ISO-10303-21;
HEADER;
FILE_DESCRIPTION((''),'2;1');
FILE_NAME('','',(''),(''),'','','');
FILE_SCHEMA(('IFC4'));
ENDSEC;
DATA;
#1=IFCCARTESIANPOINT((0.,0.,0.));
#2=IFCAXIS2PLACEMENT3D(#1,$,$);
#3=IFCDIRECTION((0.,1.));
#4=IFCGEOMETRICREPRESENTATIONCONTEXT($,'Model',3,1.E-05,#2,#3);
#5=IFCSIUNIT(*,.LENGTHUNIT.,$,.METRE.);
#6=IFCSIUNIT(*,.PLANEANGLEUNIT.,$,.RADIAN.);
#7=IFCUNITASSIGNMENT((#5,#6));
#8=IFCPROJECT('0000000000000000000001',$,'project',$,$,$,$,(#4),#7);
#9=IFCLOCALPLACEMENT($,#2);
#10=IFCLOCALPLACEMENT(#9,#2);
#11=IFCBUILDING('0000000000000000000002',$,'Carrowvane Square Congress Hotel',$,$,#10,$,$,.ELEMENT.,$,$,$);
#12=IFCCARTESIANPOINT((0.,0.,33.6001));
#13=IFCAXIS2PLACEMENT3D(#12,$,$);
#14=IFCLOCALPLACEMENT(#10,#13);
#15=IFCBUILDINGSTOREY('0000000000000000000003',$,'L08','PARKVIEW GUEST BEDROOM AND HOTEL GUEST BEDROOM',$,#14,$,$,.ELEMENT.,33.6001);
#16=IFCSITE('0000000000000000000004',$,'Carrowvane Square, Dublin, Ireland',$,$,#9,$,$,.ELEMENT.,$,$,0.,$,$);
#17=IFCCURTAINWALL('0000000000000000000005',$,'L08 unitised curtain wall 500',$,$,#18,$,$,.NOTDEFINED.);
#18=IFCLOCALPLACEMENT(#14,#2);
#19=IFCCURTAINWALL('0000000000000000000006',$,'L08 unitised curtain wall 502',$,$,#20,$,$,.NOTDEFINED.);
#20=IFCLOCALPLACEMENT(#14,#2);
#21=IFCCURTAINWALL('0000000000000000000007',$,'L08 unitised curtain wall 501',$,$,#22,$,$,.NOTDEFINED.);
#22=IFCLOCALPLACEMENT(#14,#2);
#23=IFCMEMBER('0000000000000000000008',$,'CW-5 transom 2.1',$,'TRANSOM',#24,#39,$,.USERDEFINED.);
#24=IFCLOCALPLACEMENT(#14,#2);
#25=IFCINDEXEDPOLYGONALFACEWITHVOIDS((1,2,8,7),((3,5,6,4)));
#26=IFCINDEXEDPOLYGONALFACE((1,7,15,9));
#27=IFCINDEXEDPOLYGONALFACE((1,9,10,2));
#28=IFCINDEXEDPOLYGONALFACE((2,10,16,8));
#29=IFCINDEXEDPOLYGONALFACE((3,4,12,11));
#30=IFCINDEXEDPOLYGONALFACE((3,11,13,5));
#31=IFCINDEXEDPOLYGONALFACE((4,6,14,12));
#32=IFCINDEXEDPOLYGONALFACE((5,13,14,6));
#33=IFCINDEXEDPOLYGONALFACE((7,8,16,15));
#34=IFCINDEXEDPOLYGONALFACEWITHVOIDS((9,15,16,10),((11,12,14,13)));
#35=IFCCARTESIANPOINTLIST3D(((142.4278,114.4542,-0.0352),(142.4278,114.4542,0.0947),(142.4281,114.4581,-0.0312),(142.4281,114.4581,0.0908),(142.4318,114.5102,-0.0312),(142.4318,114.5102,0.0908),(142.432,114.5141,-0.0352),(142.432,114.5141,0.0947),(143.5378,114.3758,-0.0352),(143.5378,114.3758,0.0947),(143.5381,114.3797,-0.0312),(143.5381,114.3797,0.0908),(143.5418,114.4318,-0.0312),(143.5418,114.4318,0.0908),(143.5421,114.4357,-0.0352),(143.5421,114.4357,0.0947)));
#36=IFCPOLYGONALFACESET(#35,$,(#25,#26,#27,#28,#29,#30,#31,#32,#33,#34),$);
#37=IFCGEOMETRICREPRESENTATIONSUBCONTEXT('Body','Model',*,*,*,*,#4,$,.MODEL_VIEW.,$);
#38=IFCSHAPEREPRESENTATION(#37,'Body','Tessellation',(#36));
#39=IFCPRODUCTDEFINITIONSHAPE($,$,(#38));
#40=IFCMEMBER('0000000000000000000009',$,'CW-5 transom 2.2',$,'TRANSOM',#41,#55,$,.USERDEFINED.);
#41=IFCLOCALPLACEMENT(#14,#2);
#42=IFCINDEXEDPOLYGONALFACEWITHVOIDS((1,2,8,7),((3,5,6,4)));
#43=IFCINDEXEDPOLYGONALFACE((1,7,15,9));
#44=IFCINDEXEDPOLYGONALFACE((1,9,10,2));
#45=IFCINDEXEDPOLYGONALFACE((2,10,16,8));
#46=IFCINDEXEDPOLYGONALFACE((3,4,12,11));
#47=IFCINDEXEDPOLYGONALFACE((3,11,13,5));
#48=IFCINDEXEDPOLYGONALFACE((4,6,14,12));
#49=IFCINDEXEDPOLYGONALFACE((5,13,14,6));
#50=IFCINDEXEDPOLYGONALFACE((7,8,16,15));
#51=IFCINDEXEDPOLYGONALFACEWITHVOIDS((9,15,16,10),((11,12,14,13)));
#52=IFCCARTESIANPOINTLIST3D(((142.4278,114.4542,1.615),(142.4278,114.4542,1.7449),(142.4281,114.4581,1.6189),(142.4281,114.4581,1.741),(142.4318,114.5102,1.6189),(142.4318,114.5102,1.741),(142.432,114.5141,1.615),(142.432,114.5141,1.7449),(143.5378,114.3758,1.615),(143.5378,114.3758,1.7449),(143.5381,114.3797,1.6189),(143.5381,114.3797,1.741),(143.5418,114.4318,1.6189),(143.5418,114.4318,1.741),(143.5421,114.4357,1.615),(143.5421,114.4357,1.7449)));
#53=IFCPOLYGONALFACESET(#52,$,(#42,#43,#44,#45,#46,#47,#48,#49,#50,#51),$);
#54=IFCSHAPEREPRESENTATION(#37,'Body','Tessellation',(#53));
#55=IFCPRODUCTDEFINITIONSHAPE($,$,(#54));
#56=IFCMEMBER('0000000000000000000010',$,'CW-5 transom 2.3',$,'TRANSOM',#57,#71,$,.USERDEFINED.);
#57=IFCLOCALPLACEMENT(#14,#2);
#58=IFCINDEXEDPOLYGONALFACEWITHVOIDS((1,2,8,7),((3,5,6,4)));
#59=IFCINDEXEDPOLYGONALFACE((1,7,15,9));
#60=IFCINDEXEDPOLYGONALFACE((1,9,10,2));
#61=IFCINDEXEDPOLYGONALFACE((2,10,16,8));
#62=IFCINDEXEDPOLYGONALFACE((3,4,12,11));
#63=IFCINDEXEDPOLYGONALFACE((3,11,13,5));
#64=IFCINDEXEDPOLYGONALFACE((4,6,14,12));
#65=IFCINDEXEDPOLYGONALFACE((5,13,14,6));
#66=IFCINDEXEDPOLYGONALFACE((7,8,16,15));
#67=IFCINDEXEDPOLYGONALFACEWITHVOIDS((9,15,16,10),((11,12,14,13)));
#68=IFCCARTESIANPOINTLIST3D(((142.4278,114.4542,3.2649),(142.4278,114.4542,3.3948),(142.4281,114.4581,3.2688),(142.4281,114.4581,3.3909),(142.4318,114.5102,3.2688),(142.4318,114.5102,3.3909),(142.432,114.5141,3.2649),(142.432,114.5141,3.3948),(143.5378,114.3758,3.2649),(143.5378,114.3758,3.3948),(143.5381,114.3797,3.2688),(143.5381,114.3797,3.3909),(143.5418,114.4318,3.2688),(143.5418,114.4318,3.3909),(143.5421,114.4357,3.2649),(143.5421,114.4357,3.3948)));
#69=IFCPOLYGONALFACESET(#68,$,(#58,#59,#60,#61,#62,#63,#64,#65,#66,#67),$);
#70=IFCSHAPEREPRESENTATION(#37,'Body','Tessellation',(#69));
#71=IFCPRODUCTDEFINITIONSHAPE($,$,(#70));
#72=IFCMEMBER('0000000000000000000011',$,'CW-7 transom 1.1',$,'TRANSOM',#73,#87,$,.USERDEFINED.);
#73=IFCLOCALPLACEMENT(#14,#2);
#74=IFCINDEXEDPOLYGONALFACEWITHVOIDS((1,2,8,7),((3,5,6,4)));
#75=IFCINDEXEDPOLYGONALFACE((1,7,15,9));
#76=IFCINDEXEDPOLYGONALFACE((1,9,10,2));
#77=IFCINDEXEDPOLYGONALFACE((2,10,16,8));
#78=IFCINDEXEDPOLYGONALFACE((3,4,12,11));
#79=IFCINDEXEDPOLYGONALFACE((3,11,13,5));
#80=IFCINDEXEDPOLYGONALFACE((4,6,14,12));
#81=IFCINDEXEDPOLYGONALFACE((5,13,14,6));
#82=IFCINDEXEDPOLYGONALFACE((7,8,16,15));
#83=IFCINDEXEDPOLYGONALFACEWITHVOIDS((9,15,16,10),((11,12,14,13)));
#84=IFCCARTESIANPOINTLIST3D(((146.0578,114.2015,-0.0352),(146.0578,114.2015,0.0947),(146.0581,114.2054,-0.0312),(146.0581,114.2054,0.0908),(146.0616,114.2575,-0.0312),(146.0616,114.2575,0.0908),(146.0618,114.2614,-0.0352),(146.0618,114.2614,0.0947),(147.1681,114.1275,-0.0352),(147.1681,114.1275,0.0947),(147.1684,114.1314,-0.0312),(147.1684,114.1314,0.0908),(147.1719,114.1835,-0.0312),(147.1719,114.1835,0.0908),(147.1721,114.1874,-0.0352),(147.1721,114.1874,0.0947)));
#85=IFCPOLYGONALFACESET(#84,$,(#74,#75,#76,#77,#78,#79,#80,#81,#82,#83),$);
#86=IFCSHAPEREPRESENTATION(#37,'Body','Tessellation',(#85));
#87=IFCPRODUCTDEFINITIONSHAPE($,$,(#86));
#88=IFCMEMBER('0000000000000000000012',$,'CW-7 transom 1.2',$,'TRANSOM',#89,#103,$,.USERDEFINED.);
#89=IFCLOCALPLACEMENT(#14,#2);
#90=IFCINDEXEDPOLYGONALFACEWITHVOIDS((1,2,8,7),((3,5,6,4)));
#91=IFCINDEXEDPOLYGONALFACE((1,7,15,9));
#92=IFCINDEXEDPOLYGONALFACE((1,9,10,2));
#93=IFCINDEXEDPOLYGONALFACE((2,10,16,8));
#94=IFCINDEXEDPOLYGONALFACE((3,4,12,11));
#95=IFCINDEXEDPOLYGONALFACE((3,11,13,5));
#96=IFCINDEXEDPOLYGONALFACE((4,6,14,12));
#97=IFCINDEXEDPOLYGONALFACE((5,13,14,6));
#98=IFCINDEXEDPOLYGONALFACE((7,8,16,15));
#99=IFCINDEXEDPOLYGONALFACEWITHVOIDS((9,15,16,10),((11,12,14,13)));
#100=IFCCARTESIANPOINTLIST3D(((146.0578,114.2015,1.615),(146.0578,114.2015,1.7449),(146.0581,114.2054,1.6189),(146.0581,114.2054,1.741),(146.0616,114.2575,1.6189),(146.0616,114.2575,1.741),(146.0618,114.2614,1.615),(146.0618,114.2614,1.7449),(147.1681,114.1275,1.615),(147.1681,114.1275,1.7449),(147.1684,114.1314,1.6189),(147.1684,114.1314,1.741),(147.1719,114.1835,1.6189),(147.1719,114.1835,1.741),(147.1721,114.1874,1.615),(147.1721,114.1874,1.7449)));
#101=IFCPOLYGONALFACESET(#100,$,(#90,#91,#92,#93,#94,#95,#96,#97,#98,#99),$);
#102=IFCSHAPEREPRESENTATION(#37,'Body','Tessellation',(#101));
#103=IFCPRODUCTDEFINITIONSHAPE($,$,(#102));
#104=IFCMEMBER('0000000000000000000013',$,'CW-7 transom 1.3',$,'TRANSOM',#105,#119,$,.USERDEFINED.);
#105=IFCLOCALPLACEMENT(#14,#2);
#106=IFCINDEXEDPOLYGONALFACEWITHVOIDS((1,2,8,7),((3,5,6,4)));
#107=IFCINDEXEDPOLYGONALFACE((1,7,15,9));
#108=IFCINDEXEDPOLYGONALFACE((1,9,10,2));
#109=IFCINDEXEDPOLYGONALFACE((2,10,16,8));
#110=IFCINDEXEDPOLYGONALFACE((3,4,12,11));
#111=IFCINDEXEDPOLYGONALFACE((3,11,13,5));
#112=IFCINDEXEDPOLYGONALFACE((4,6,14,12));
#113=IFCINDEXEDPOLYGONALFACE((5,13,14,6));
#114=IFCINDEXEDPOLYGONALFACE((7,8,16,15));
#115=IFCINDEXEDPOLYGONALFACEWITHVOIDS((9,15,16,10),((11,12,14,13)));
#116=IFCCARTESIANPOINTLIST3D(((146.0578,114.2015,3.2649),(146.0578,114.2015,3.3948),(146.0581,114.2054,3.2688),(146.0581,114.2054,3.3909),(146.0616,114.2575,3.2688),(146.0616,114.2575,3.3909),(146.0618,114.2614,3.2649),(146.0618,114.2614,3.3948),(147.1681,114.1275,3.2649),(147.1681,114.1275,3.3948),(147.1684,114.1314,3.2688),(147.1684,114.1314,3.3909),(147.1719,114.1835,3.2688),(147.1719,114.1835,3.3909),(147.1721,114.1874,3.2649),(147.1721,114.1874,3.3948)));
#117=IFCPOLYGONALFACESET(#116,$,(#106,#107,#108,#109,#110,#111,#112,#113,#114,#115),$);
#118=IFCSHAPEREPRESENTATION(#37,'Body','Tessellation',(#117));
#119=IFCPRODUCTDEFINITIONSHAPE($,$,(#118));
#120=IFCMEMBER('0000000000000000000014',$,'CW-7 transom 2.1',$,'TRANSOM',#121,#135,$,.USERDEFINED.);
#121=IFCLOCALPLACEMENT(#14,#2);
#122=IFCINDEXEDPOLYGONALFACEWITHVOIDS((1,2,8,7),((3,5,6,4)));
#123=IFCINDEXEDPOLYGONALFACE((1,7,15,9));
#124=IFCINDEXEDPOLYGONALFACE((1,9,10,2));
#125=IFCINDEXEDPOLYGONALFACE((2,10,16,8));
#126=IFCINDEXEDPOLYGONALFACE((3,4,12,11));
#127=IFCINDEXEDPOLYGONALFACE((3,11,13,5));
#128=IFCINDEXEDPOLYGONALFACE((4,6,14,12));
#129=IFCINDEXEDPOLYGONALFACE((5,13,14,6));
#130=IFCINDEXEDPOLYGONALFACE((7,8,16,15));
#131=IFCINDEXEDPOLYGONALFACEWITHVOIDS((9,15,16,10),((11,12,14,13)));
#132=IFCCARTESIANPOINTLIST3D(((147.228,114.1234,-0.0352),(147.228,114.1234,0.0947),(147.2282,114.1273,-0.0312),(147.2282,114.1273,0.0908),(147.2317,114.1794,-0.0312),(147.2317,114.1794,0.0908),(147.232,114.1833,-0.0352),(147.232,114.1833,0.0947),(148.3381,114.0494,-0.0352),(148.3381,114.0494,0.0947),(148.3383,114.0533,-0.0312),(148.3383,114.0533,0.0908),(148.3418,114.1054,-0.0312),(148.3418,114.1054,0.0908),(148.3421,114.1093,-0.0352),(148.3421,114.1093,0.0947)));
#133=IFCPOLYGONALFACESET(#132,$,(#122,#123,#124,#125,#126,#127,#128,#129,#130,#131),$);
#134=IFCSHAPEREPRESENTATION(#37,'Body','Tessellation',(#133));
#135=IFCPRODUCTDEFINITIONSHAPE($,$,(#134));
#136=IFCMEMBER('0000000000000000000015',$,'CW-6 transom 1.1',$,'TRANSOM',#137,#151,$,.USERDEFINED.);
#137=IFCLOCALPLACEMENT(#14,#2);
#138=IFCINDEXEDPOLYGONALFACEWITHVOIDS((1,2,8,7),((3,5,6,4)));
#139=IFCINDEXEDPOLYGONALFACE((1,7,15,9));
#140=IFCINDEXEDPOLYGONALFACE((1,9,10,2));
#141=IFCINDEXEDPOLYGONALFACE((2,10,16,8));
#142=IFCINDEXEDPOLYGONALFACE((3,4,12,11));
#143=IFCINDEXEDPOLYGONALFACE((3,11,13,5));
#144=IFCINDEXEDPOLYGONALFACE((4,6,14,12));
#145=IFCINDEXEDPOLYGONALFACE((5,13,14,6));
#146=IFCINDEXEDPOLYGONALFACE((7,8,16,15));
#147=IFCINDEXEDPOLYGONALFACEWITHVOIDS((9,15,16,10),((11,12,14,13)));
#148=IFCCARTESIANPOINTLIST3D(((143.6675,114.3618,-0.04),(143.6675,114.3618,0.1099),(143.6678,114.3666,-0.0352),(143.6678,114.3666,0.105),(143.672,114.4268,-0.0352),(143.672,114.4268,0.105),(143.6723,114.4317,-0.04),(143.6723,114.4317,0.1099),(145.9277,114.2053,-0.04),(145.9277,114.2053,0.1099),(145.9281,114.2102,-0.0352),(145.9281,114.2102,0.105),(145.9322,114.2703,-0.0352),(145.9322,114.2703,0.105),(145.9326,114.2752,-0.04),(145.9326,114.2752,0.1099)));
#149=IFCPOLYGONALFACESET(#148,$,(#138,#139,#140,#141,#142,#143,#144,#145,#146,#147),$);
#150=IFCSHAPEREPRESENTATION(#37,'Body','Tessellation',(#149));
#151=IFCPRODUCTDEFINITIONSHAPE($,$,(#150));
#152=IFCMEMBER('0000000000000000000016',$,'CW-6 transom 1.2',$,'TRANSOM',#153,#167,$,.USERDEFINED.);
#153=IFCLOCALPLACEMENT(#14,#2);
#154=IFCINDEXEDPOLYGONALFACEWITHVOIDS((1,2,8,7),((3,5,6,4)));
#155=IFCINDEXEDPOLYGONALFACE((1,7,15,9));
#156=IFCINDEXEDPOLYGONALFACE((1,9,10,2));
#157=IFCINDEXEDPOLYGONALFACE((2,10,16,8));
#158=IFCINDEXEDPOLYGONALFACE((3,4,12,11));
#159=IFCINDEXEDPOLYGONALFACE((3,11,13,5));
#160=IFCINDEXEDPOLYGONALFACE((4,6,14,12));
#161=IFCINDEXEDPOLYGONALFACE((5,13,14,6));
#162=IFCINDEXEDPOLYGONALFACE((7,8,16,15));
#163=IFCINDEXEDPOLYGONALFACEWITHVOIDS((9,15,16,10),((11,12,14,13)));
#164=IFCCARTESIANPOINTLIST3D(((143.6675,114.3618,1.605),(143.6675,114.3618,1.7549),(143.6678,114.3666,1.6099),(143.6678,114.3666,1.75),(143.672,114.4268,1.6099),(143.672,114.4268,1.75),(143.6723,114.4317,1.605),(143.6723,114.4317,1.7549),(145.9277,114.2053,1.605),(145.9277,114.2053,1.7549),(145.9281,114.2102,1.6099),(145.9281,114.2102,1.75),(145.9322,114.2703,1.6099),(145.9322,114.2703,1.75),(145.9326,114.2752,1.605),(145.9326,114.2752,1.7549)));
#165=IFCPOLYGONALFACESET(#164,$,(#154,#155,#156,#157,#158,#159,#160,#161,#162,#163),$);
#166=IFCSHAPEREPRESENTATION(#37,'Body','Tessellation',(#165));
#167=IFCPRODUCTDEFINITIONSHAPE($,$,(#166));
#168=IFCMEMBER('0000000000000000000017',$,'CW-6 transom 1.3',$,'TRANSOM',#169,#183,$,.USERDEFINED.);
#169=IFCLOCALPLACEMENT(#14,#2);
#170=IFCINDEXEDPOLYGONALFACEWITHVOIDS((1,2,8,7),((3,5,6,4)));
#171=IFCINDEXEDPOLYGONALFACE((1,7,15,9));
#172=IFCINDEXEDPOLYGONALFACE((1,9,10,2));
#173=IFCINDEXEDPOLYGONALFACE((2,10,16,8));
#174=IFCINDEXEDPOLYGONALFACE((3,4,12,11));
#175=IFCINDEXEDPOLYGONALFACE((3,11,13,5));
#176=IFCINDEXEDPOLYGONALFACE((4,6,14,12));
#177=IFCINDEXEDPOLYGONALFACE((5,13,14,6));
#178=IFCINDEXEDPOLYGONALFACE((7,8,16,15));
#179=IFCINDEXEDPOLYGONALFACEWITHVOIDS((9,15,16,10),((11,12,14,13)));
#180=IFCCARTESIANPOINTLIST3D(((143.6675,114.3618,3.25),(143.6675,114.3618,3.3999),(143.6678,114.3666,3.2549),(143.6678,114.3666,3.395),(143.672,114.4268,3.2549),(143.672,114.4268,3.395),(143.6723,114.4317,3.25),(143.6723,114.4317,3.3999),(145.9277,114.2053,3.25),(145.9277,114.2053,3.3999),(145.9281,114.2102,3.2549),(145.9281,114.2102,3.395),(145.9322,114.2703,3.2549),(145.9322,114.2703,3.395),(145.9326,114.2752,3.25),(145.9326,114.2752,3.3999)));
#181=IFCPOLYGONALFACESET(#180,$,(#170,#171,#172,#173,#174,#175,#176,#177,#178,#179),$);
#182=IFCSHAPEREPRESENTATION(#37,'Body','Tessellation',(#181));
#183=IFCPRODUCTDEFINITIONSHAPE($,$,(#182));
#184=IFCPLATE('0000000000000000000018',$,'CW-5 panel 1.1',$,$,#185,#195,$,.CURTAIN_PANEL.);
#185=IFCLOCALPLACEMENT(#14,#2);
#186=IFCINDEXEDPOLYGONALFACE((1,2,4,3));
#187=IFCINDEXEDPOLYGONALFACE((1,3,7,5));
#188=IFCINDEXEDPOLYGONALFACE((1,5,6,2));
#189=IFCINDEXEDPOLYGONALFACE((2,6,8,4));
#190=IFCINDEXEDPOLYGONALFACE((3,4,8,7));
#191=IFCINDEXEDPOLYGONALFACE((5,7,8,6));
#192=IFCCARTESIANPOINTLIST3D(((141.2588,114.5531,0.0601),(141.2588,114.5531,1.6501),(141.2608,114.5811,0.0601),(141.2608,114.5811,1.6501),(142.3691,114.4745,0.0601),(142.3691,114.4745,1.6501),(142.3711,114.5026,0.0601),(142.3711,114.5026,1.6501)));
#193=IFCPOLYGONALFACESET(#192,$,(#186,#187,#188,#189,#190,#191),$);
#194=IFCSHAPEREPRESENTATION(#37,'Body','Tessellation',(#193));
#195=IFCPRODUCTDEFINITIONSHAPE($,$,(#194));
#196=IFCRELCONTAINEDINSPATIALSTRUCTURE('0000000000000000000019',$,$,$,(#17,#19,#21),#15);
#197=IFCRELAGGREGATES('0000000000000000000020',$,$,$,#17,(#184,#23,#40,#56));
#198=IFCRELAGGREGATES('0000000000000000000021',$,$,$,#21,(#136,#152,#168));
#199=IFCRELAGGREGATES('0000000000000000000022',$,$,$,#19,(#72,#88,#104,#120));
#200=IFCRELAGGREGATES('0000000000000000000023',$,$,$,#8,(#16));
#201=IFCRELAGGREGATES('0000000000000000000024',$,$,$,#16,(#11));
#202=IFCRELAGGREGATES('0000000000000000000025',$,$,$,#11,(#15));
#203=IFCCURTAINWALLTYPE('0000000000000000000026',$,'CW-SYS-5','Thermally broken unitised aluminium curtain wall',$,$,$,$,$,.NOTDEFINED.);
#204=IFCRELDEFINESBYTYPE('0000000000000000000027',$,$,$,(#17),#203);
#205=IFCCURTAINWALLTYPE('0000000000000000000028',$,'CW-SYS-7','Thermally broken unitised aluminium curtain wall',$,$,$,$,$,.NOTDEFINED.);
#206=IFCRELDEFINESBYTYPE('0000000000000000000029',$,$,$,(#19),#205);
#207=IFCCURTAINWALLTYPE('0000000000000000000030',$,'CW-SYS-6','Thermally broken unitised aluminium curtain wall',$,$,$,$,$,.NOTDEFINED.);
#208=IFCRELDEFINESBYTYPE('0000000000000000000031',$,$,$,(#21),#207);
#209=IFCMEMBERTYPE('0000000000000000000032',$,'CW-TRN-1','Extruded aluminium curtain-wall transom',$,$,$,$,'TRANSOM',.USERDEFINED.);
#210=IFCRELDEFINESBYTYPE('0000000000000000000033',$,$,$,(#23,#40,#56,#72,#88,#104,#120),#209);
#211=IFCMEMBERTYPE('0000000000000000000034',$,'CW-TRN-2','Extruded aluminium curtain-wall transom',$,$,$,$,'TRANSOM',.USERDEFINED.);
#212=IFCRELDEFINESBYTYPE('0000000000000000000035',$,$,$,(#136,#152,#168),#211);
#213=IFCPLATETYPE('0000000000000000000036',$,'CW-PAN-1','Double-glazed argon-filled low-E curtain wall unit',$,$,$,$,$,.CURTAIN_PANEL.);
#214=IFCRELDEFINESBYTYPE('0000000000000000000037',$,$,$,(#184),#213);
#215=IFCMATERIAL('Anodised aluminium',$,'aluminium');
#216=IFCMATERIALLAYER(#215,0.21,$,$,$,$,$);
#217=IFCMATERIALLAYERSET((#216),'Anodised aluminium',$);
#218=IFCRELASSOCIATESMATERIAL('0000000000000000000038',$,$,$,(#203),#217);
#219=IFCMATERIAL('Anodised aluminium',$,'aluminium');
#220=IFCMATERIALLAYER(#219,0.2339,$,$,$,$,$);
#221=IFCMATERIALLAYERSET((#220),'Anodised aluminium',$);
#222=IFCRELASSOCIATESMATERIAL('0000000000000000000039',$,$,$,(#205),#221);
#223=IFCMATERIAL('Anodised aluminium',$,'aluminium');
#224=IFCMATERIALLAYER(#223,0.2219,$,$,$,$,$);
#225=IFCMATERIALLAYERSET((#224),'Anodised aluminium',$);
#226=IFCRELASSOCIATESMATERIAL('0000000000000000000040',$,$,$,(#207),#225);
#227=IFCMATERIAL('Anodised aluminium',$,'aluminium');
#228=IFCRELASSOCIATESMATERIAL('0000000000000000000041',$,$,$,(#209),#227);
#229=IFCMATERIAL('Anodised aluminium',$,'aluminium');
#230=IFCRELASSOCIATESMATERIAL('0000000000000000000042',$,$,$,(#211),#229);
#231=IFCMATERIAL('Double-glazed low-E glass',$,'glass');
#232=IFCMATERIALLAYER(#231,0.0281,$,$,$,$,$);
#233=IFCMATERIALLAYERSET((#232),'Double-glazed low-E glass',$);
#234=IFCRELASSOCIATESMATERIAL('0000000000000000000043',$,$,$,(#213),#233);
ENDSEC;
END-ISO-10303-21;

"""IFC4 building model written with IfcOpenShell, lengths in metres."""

from ifc_helpers import new_model, si_unit, direction, frame, origin, origin_2d, place, context, subcontext, project, spatial, rectangle, hollow_rectangle, extrude, material, layer, layer_set, material_profile, profile_set, type_object, element, aggregate, save


model = new_model("IFC4")

# Units and contexts
model_context = context("Model", 3, precision=1e-05, world=origin(), true_north=direction((0.0, 1.0)))
body_context = subcontext(model_context, "Body", "Model", "MODEL_VIEW")
ifc_project = project(units=[si_unit("LENGTHUNIT", "METRE"), si_unit("PLANEANGLEUNIT", "RADIAN")], contexts=[model_context])

# Site, building, storey
site_placement = place(None, origin())
site = spatial("IfcSite", under=ifc_project, at=site_placement, Name="Carrowvane Square, Dublin, Ireland", CompositionType="ELEMENT", RefElevation=0.0)
building_placement = place(site_placement, origin())
building = spatial("IfcBuilding", under=site, at=building_placement, Name="Carrowvane Square Congress Hotel", CompositionType="ELEMENT")
storey_placement = place(building_placement, frame((0.0, 0.0, 33.6001)))
storey = spatial("IfcBuildingStorey", under=building, at=storey_placement, Name="L08", Description="PARKVIEW GUEST BEDROOM AND HOTEL GUEST BEDROOM", CompositionType="ELEMENT", Elevation=33.6001)

# Curtain walls
ifc_material_1 = material(Name="Anodised aluminium", Category="aluminium")
ifc_layer_1 = layer(ifc_material_1, 0.21)
ifc_layer_set_1 = layer_set([ifc_layer_1], Name="Anodised aluminium")
curtain_wall_type_1 = type_object("IfcCurtainWallType", Name="CW-SYS-5", Description="Thermally broken unitised aluminium curtain wall", PredefinedType="NOTDEFINED", material=ifc_layer_set_1)
curtain_wall_1_placement = place(storey_placement, origin())
curtain_wall_1 = element("IfcCurtainWall", 1, at=curtain_wall_1_placement, inside=storey, type_object=curtain_wall_type_1, Name="L08 unitised curtain wall 500", PredefinedType="NOTDEFINED")
ifc_material_2 = material(Name="Anodised aluminium", Category="aluminium")
ifc_layer_2 = layer(ifc_material_2, 0.2339)
ifc_layer_set_2 = layer_set([ifc_layer_2], Name="Anodised aluminium")
curtain_wall_type_2 = type_object("IfcCurtainWallType", Name="CW-SYS-7", Description="Thermally broken unitised aluminium curtain wall", PredefinedType="NOTDEFINED", material=ifc_layer_set_2)
curtain_wall_2_placement = place(storey_placement, origin())
curtain_wall_2 = element("IfcCurtainWall", 2, at=curtain_wall_2_placement, inside=storey, type_object=curtain_wall_type_2, Name="L08 unitised curtain wall 502", PredefinedType="NOTDEFINED")
ifc_material_3 = material(Name="Anodised aluminium", Category="aluminium")
ifc_layer_3 = layer(ifc_material_3, 0.2219)
ifc_layer_set_3 = layer_set([ifc_layer_3], Name="Anodised aluminium")
curtain_wall_type_3 = type_object("IfcCurtainWallType", Name="CW-SYS-6", Description="Thermally broken unitised aluminium curtain wall", PredefinedType="NOTDEFINED", material=ifc_layer_set_3)
curtain_wall_3_placement = place(storey_placement, origin())
curtain_wall_3 = element("IfcCurtainWall", 3, at=curtain_wall_3_placement, inside=storey, type_object=curtain_wall_type_3, Name="L08 unitised curtain wall 501", PredefinedType="NOTDEFINED")

# Members
ifc_material_4 = material(Name="Anodised aluminium", Category="aluminium")
ifc_material_profile_1 = material_profile(ifc_material_4, hollow_rectangle(XDim=0.0601, YDim=0.1299, WallThickness=0.0039, at=origin_2d()), Name="CW-TR 60x130x4")
ifc_profile_set_1 = profile_set([ifc_material_profile_1], Name="Anodised aluminium")
member_type_1 = type_object("IfcMemberType", Name="CW-TRN-1", Description="Extruded aluminium curtain-wall transom", ElementType="TRANSOM", PredefinedType="USERDEFINED", material=ifc_profile_set_1)
member_1_placement = place(storey_placement, frame((142.4299, 114.4841, 0.0298), z_axis=(0.997517, -0.070421, 0.0), x_axis=(0.070421, 0.997517, 0.0)))
member_1 = element("IfcMember", 4, at=member_1_placement, type_object=member_type_1, Name="CW-5 transom 2.1", ObjectType="TRANSOM", PredefinedType="USERDEFINED", context=body_context, shape_type="SweptSolid", body=[
    extrude(hollow_rectangle(XDim=0.0601, YDim=0.1299, WallThickness=0.0039, at=origin_2d()), origin(), (0.0, 0.0, 1.0), 1.1128),
])
member_2_placement = place(storey_placement, frame((142.4299, 114.4841, 1.6799), z_axis=(0.997517, -0.070421, 0.0), x_axis=(0.070421, 0.997517, 0.0)))
member_2 = element("IfcMember", 5, at=member_2_placement, type_object=member_type_1, Name="CW-5 transom 2.2", ObjectType="TRANSOM", PredefinedType="USERDEFINED", context=body_context, shape_type="SweptSolid", body=[
    extrude(hollow_rectangle(XDim=0.0601, YDim=0.1299, WallThickness=0.0039, at=origin_2d()), origin(), (0.0, 0.0, 1.0), 1.1128),
])
member_3_placement = place(storey_placement, frame((142.4299, 114.4841, 3.3298), z_axis=(0.997517, -0.070421, 0.0), x_axis=(0.070421, 0.997517, 0.0)))
member_3 = element("IfcMember", 6, at=member_3_placement, type_object=member_type_1, Name="CW-5 transom 2.3", ObjectType="TRANSOM", PredefinedType="USERDEFINED", context=body_context, shape_type="SweptSolid", body=[
    extrude(hollow_rectangle(XDim=0.0601, YDim=0.1299, WallThickness=0.0039, at=origin_2d()), origin(), (0.0, 0.0, 1.0), 1.1128),
])
member_4_placement = place(storey_placement, frame((146.0598, 114.2314, 0.0298), z_axis=(0.997788, -0.066475, 0.0), x_axis=(0.066475, 0.997788, 0.0)))
member_4 = element("IfcMember", 7, at=member_4_placement, type_object=member_type_1, Name="CW-7 transom 1.1", ObjectType="TRANSOM", PredefinedType="USERDEFINED", context=body_context, shape_type="SweptSolid", body=[
    extrude(hollow_rectangle(XDim=0.0601, YDim=0.1299, WallThickness=0.0039, at=origin_2d()), origin(), (0.0, 0.0, 1.0), 1.1128),
])
member_5_placement = place(storey_placement, frame((146.0598, 114.2314, 1.6799), z_axis=(0.997788, -0.066475, 0.0), x_axis=(0.066475, 0.997788, 0.0)))
member_5 = element("IfcMember", 8, at=member_5_placement, type_object=member_type_1, Name="CW-7 transom 1.2", ObjectType="TRANSOM", PredefinedType="USERDEFINED", context=body_context, shape_type="SweptSolid", body=[
    extrude(hollow_rectangle(XDim=0.0601, YDim=0.1299, WallThickness=0.0039, at=origin_2d()), origin(), (0.0, 0.0, 1.0), 1.1128),
])
member_6_placement = place(storey_placement, frame((146.0598, 114.2314, 3.3298), z_axis=(0.997788, -0.066475, 0.0), x_axis=(0.066475, 0.997788, 0.0)))
member_6 = element("IfcMember", 9, at=member_6_placement, type_object=member_type_1, Name="CW-7 transom 1.3", ObjectType="TRANSOM", PredefinedType="USERDEFINED", context=body_context, shape_type="SweptSolid", body=[
    extrude(hollow_rectangle(XDim=0.0601, YDim=0.1299, WallThickness=0.0039, at=origin_2d()), origin(), (0.0, 0.0, 1.0), 1.1128),
])
member_7_placement = place(storey_placement, frame((147.23, 114.1533, 0.0298), z_axis=(0.997787, -0.06649, 0.0), x_axis=(0.06649, 0.997787, 0.0)))
member_7 = element("IfcMember", 10, at=member_7_placement, type_object=member_type_1, Name="CW-7 transom 2.1", ObjectType="TRANSOM", PredefinedType="USERDEFINED", context=body_context, shape_type="SweptSolid", body=[
    extrude(hollow_rectangle(XDim=0.0601, YDim=0.1299, WallThickness=0.0039, at=origin_2d()), origin(), (0.0, 0.0, 1.0), 1.1125),
])
ifc_material_5 = material(Name="Anodised aluminium", Category="aluminium")
ifc_material_profile_2 = material_profile(ifc_material_5, hollow_rectangle(XDim=0.0701, YDim=0.1499, WallThickness=0.0049, at=origin_2d()), Name="CW-TR 70x150x5")
ifc_profile_set_2 = profile_set([ifc_material_profile_2], Name="Anodised aluminium")
member_type_2 = type_object("IfcMemberType", Name="CW-TRN-2", Description="Extruded aluminium curtain-wall transom", ElementType="TRANSOM", PredefinedType="USERDEFINED", material=ifc_profile_set_2)
member_8_placement = place(storey_placement, frame((143.6699, 114.3967, 0.0349), z_axis=(0.997612, -0.069072, 0.0), x_axis=(0.069072, 0.997612, 0.0)))
member_8 = element("IfcMember", 11, at=member_8_placement, type_object=member_type_2, Name="CW-6 transom 1.1", ObjectType="TRANSOM", PredefinedType="USERDEFINED", context=body_context, shape_type="SweptSolid", body=[
    extrude(hollow_rectangle(XDim=0.0701, YDim=0.1499, WallThickness=0.0049, at=origin_2d()), origin(), (0.0, 0.0, 1.0), 2.2656),
])
member_9_placement = place(storey_placement, frame((143.6699, 114.3967, 1.6799), z_axis=(0.997612, -0.069072, 0.0), x_axis=(0.069072, 0.997612, 0.0)))
member_9 = element("IfcMember", 12, at=member_9_placement, type_object=member_type_2, Name="CW-6 transom 1.2", ObjectType="TRANSOM", PredefinedType="USERDEFINED", context=body_context, shape_type="SweptSolid", body=[
    extrude(hollow_rectangle(XDim=0.0701, YDim=0.1499, WallThickness=0.0049, at=origin_2d()), origin(), (0.0, 0.0, 1.0), 2.2656),
])
member_10_placement = place(storey_placement, frame((143.6699, 114.3967, 3.325), z_axis=(0.997612, -0.069072, 0.0), x_axis=(0.069072, 0.997612, 0.0)))
member_10 = element("IfcMember", 13, at=member_10_placement, type_object=member_type_2, Name="CW-6 transom 1.3", ObjectType="TRANSOM", PredefinedType="USERDEFINED", context=body_context, shape_type="SweptSolid", body=[
    extrude(hollow_rectangle(XDim=0.0701, YDim=0.1499, WallThickness=0.0049, at=origin_2d()), origin(), (0.0, 0.0, 1.0), 2.2656),
])

# Plate
ifc_material_6 = material(Name="Double-glazed low-E glass", Category="glass")
ifc_layer_4 = layer(ifc_material_6, 0.0281)
ifc_layer_set_4 = layer_set([ifc_layer_4], Name="Double-glazed low-E glass")
plate_type_1 = type_object("IfcPlateType", Name="CW-PAN-1", Description="Double-glazed argon-filled low-E curtain wall unit", PredefinedType="CURTAIN_PANEL", material=ifc_layer_set_4)
plate_1_placement = place(storey_placement, frame((141.8149, 114.5278, 0.0601), z_axis=(0.0, 0.0, 1.0), x_axis=(0.997506, -0.070586, 0.0)))
plate_1 = element("IfcPlate", 14, at=plate_1_placement, type_object=plate_type_1, Name="CW-5 panel 1.1", PredefinedType="CURTAIN_PANEL", context=body_context, shape_type="SweptSolid", body=[
    extrude(rectangle(XDim=1.113, YDim=0.0281, at=origin_2d()), origin(), (0.0, 0.0, 1.0), 1.5901),
])
aggregate(curtain_wall_1, [plate_1, member_1, member_2, member_3])
aggregate(curtain_wall_3, [member_8, member_9, member_10])
aggregate(curtain_wall_2, [member_4, member_5, member_6, member_7])

save(model, "model.ifc")
